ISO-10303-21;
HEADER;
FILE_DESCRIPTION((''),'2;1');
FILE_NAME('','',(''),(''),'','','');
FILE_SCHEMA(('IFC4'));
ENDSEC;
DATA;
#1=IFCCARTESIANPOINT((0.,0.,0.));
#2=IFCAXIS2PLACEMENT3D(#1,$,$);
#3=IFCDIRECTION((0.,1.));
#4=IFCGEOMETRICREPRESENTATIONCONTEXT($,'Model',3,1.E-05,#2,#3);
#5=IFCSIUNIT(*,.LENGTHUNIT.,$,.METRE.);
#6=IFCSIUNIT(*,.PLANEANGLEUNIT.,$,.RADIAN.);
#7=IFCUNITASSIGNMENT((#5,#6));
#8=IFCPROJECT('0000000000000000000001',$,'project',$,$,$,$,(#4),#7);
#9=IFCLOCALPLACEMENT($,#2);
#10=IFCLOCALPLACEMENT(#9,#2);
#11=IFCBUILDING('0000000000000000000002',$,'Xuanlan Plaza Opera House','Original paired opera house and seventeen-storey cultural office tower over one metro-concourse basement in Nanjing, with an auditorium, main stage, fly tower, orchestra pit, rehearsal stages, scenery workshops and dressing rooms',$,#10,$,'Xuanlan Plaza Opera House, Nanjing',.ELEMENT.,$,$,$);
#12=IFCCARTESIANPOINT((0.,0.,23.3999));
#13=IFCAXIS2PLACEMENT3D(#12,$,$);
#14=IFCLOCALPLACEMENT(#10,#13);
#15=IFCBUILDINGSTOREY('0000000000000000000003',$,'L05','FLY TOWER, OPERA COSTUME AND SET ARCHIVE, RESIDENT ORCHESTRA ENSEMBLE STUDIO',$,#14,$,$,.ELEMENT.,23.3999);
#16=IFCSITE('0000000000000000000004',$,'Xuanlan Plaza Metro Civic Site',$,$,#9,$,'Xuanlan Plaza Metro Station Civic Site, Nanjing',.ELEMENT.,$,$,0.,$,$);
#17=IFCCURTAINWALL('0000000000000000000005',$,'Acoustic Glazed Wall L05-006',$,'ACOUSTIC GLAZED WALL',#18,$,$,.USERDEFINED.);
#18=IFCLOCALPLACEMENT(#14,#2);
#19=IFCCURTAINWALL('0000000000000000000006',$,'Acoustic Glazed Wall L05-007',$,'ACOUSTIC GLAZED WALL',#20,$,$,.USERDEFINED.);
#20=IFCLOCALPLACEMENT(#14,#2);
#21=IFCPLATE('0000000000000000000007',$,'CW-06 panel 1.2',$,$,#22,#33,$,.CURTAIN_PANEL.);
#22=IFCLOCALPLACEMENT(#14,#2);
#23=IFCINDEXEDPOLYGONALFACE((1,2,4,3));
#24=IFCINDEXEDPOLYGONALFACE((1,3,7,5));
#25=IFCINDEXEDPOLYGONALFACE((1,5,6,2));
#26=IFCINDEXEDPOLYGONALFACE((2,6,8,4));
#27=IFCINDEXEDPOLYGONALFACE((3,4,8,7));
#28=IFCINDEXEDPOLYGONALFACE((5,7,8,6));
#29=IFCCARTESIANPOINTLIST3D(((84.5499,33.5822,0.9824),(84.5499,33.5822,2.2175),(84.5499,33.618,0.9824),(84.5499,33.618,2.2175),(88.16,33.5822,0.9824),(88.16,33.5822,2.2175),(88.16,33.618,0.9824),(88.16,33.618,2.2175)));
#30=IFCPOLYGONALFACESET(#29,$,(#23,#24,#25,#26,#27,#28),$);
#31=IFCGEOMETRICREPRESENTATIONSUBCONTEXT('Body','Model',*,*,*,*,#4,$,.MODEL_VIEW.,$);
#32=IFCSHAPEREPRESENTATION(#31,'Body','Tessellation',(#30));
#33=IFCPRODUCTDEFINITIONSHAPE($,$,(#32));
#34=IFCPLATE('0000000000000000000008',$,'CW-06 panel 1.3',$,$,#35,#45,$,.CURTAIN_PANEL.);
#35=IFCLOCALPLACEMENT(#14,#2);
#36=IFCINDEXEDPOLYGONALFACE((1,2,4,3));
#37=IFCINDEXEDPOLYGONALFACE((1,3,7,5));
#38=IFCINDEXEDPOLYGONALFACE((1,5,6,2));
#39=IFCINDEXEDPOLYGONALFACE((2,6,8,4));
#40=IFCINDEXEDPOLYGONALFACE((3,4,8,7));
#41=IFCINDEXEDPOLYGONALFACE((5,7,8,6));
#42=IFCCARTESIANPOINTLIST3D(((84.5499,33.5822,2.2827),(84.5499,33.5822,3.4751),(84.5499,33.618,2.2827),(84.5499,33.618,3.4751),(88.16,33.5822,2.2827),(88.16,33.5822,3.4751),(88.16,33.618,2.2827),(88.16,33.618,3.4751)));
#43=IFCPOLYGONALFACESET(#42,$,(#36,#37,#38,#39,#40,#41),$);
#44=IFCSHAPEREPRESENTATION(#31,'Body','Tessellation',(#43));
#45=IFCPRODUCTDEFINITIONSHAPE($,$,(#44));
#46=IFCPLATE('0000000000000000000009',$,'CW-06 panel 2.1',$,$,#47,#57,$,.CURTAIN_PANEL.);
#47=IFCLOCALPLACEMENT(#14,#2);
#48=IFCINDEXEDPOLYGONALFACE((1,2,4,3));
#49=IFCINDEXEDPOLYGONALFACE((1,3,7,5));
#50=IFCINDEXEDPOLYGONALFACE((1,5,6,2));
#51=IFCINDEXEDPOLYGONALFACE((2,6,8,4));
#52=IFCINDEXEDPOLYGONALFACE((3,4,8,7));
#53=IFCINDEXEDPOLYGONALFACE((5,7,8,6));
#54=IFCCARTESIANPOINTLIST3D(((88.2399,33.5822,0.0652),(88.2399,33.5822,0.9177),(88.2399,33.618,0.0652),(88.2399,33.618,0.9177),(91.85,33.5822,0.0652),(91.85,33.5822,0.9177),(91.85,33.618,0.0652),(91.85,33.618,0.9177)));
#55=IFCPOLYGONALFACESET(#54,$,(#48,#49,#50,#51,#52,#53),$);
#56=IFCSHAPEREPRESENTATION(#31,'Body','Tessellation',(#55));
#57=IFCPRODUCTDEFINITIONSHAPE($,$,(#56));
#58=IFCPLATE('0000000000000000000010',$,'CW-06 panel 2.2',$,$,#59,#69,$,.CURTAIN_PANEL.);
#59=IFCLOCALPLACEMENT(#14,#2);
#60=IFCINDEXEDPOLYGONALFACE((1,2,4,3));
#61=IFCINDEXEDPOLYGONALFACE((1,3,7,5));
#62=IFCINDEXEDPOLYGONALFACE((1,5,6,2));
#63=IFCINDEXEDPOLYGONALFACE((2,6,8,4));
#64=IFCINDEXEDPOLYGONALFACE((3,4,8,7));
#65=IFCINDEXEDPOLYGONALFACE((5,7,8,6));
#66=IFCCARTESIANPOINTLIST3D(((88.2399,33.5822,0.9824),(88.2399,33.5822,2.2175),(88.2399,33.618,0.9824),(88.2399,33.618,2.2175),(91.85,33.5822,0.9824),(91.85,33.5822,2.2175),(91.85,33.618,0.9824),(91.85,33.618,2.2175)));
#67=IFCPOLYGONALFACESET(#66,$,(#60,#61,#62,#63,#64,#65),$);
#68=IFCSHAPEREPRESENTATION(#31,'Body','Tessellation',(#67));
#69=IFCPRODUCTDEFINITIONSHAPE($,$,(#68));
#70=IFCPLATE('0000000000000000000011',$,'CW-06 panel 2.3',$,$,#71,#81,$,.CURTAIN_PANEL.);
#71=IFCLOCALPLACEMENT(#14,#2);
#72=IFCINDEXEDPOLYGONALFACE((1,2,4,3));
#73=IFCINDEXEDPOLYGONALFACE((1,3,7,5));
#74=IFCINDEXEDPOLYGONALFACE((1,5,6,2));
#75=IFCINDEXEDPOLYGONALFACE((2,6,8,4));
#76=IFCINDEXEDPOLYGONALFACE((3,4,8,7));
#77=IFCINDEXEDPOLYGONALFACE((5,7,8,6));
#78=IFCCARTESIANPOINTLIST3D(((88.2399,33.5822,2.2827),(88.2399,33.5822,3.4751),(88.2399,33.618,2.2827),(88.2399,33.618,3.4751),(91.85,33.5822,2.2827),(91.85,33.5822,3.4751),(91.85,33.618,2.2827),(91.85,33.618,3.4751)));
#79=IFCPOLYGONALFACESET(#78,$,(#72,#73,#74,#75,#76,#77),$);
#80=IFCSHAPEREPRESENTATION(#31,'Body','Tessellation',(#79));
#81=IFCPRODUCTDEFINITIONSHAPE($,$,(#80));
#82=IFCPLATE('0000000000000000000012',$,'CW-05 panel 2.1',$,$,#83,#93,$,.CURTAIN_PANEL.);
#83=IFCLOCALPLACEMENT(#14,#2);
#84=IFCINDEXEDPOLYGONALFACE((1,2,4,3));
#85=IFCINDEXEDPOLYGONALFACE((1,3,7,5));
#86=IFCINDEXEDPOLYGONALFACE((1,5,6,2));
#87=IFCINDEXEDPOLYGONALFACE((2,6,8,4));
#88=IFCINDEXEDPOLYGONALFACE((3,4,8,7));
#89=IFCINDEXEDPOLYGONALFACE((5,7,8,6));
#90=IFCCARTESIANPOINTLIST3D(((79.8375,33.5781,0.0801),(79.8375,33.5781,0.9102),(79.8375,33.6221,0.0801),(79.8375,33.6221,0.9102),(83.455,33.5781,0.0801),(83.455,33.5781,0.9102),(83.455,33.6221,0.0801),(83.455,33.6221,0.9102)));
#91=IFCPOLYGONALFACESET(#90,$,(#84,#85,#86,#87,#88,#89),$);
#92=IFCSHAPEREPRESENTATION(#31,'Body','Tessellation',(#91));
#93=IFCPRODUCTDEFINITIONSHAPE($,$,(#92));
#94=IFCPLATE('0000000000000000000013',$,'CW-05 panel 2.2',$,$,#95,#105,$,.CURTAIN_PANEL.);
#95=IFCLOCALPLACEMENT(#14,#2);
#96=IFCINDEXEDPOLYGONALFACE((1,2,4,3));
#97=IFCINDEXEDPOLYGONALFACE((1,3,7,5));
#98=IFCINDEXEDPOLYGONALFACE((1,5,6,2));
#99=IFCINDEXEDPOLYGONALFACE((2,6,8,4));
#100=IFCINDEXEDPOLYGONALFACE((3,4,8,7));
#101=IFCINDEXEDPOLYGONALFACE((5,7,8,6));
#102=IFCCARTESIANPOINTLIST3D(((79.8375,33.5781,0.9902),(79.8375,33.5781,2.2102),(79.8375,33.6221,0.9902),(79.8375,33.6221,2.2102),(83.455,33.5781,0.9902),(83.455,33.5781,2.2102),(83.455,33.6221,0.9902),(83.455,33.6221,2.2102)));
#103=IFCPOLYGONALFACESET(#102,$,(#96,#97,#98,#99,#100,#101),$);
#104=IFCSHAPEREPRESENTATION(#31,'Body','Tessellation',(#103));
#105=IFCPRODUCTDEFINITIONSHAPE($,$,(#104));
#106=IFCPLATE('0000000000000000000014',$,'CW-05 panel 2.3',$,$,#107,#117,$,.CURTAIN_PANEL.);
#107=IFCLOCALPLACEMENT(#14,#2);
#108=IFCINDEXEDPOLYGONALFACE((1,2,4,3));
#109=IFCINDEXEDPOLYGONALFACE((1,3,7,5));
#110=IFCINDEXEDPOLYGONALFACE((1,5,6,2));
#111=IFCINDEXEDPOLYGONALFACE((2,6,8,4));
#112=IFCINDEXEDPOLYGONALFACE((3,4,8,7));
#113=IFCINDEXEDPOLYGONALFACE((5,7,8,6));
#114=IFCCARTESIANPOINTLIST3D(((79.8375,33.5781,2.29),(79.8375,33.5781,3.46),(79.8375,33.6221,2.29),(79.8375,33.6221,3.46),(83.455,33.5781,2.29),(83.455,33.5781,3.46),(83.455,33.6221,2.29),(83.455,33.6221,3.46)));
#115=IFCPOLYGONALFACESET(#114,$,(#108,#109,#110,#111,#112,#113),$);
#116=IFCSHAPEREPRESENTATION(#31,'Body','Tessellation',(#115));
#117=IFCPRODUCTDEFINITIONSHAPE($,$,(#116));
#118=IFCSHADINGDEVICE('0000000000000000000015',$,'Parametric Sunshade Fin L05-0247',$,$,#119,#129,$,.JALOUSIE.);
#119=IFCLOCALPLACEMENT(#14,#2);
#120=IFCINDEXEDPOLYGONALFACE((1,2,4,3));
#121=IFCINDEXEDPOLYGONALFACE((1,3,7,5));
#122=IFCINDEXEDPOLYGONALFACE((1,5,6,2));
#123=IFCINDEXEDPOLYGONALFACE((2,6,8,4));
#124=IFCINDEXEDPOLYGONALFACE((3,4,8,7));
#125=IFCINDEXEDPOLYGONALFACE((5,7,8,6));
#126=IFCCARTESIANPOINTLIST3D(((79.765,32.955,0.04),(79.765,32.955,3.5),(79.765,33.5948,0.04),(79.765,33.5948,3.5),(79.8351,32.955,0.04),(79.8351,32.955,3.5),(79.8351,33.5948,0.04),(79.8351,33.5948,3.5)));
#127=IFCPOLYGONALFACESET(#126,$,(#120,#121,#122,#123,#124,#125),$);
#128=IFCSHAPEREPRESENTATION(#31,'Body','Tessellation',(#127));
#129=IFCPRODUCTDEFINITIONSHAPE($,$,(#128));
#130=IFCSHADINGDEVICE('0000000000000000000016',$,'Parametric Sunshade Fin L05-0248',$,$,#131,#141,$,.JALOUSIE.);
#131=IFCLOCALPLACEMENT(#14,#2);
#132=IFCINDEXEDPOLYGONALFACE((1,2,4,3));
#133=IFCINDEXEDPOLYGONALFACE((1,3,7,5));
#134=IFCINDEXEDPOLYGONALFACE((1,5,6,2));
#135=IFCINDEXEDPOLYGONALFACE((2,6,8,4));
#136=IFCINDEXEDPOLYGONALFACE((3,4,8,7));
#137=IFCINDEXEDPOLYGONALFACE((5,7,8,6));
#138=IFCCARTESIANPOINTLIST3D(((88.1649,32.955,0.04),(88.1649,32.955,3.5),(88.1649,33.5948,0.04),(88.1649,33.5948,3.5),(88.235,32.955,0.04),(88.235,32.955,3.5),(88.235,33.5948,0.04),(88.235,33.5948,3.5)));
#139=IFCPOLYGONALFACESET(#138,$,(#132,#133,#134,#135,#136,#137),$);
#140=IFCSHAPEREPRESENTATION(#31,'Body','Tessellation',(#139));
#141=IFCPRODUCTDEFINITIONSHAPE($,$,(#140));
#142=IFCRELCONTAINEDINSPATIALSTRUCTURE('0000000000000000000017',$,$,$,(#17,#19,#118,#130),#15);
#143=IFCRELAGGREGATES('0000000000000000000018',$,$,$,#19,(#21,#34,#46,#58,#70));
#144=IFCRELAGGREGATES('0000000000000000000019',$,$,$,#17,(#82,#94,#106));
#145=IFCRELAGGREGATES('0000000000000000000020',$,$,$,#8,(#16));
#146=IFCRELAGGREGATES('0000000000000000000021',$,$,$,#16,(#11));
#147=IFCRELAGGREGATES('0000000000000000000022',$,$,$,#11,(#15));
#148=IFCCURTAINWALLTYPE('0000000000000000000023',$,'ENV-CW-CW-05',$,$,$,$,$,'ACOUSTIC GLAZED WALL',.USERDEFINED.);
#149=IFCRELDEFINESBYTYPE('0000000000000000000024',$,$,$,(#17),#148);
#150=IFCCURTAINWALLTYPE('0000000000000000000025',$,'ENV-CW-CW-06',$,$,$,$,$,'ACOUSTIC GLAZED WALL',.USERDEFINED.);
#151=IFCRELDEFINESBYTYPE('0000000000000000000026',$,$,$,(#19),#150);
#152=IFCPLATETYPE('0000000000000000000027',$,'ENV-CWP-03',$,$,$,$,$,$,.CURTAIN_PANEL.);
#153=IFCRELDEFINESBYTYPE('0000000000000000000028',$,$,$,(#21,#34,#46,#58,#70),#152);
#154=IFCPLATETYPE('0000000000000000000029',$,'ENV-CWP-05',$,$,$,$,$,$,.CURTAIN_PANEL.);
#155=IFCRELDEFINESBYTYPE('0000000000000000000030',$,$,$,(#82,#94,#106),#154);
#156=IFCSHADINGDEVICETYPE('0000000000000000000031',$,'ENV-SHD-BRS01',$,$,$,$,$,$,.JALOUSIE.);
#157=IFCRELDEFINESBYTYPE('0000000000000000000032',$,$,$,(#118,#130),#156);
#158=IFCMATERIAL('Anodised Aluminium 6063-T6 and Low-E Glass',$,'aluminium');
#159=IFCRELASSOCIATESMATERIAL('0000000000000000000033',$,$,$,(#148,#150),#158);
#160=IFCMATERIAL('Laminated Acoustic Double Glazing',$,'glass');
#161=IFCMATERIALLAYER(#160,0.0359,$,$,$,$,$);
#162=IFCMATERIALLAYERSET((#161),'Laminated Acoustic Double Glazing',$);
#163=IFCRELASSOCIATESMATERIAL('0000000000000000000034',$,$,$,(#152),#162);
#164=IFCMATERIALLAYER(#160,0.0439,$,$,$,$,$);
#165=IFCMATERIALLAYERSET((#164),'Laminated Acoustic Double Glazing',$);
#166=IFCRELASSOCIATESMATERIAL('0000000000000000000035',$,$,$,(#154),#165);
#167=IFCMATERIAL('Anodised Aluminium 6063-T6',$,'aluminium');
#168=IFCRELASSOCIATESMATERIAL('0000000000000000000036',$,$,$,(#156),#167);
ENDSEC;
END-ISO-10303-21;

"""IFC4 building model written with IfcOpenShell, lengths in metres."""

from ifc_helpers import new_model, si_unit, direction, frame, origin, origin_2d, place, context, subcontext, project, spatial, rectangle, extrude, material, layer, layer_set, type_object, element, aggregate, save


model = new_model("IFC4")

# Units and contexts
model_context = context("Model", 3, precision=1e-05, world=origin(), true_north=direction((0.0, 1.0)))
body_context = subcontext(model_context, "Body", "Model", "MODEL_VIEW")
ifc_project = project(units=[si_unit("LENGTHUNIT", "METRE"), si_unit("PLANEANGLEUNIT", "RADIAN")], contexts=[model_context])

# Site, building, storey
site_placement = place(None, origin())
site = spatial("IfcSite", under=ifc_project, at=site_placement, Name="Xuanlan Plaza Metro Civic Site", LongName="Xuanlan Plaza Metro Station Civic Site, Nanjing", CompositionType="ELEMENT", RefElevation=0.0)
building_placement = place(site_placement, origin())
building = spatial("IfcBuilding", under=site, at=building_placement, Name="Xuanlan Plaza Opera House", Description="Original paired opera house and seventeen-storey cultural office tower over one metro-concourse basement in Nanjing, with an auditorium, main stage, fly tower, orchestra pit, rehearsal stages, scenery workshops and dressing rooms", LongName="Xuanlan Plaza Opera House, Nanjing", CompositionType="ELEMENT")
storey_placement = place(building_placement, frame((0.0, 0.0, 23.3999)))
storey = spatial("IfcBuildingStorey", under=building, at=storey_placement, Name="L05", Description="FLY TOWER, OPERA COSTUME AND SET ARCHIVE, RESIDENT ORCHESTRA ENSEMBLE STUDIO", CompositionType="ELEMENT", Elevation=23.3999)

# Curtain walls
ifc_material_1 = material(Name="Anodised Aluminium 6063-T6 and Low-E Glass", Category="aluminium")
curtain_wall_type_1 = type_object("IfcCurtainWallType", Name="ENV-CW-CW-05", ElementType="ACOUSTIC GLAZED WALL", PredefinedType="USERDEFINED", material=ifc_material_1)
curtain_wall_1_placement = place(storey_placement, origin())
curtain_wall_1 = element("IfcCurtainWall", 1, at=curtain_wall_1_placement, inside=storey, type_object=curtain_wall_type_1, Name="Acoustic Glazed Wall L05-006", ObjectType="ACOUSTIC GLAZED WALL", PredefinedType="USERDEFINED")
ifc_material_2 = material(Name="Anodised Aluminium 6063-T6", Category="aluminium")
curtain_wall_type_2 = type_object("IfcCurtainWallType", Name="ENV-CW-CW-06", ElementType="ACOUSTIC GLAZED WALL", PredefinedType="USERDEFINED", material=ifc_material_1)
curtain_wall_2_placement = place(storey_placement, origin())
curtain_wall_2 = element("IfcCurtainWall", 2, at=curtain_wall_2_placement, inside=storey, type_object=curtain_wall_type_2, Name="Acoustic Glazed Wall L05-007", ObjectType="ACOUSTIC GLAZED WALL", PredefinedType="USERDEFINED")

# Plates
ifc_material_3 = material(Name="Laminated Acoustic Double Glazing", Category="glass")
ifc_layer_1 = layer(ifc_material_3, 0.0359)
ifc_layer_set_1 = layer_set([ifc_layer_1], Name="Laminated Acoustic Double Glazing")
plate_type_1 = type_object("IfcPlateType", Name="ENV-CWP-03", PredefinedType="CURTAIN_PANEL", material=ifc_layer_set_1)
plate_1_placement = place(storey_placement, frame((86.355, 33.6001, 0.9824), z_axis=(0.0, 0.0, 1.0), x_axis=(1.0, 0.0, 0.0)))
plate_1 = element("IfcPlate", 3, at=plate_1_placement, type_object=plate_type_1, Name="CW-06 panel 1.2", PredefinedType="CURTAIN_PANEL", context=body_context, shape_type="SweptSolid", body=[
    extrude(rectangle(XDim=3.6101, YDim=0.0359, at=origin_2d()), origin(), (0.0, 0.0, 1.0), 1.2351),
])
plate_2_placement = place(storey_placement, frame((86.355, 33.6001, 2.2827), z_axis=(0.0, 0.0, 1.0), x_axis=(1.0, 0.0, 0.0)))
plate_2 = element("IfcPlate", 4, at=plate_2_placement, type_object=plate_type_1, Name="CW-06 panel 1.3", PredefinedType="CURTAIN_PANEL", context=body_context, shape_type="SweptSolid", body=[
    extrude(rectangle(XDim=3.6101, YDim=0.0359, at=origin_2d()), origin(), (0.0, 0.0, 1.0), 1.1924),
])
plate_3_placement = place(storey_placement, frame((90.0449, 33.6001, 0.0652), z_axis=(0.0, 0.0, 1.0), x_axis=(1.0, 0.0, 0.0)))
plate_3 = element("IfcPlate", 5, at=plate_3_placement, type_object=plate_type_1, Name="CW-06 panel 2.1", PredefinedType="CURTAIN_PANEL", context=body_context, shape_type="SweptSolid", body=[
    extrude(rectangle(XDim=3.6101, YDim=0.0359, at=origin_2d()), origin(), (0.0, 0.0, 1.0), 0.8525),
])
plate_4_placement = place(storey_placement, frame((90.0449, 33.6001, 0.9824), z_axis=(0.0, 0.0, 1.0), x_axis=(1.0, 0.0, 0.0)))
plate_4 = element("IfcPlate", 6, at=plate_4_placement, type_object=plate_type_1, Name="CW-06 panel 2.2", PredefinedType="CURTAIN_PANEL", context=body_context, shape_type="SweptSolid", body=[
    extrude(rectangle(XDim=3.6101, YDim=0.0359, at=origin_2d()), origin(), (0.0, 0.0, 1.0), 1.2351),
])
plate_5_placement = place(storey_placement, frame((90.0449, 33.6001, 2.2827), z_axis=(0.0, 0.0, 1.0), x_axis=(1.0, 0.0, 0.0)))
plate_5 = element("IfcPlate", 7, at=plate_5_placement, type_object=plate_type_1, Name="CW-06 panel 2.3", PredefinedType="CURTAIN_PANEL", context=body_context, shape_type="SweptSolid", body=[
    extrude(rectangle(XDim=3.6101, YDim=0.0359, at=origin_2d()), origin(), (0.0, 0.0, 1.0), 1.1924),
])
aggregate(curtain_wall_2, [plate_1, plate_2, plate_3, plate_4, plate_5])
ifc_layer_2 = layer(ifc_material_3, 0.0439)
ifc_layer_set_2 = layer_set([ifc_layer_2], Name="Laminated Acoustic Double Glazing")
plate_type_2 = type_object("IfcPlateType", Name="ENV-CWP-05", PredefinedType="CURTAIN_PANEL", material=ifc_layer_set_2)
plate_6_placement = place(storey_placement, frame((81.6462, 33.6001, 0.0801), z_axis=(0.0, 0.0, 1.0), x_axis=(1.0, 0.0, 0.0)))
plate_6 = element("IfcPlate", 8, at=plate_6_placement, type_object=plate_type_2, Name="CW-05 panel 2.1", PredefinedType="CURTAIN_PANEL", context=body_context, shape_type="SweptSolid", body=[
    extrude(rectangle(XDim=3.6174, YDim=0.0439, at=origin_2d()), origin(), (0.0, 0.0, 1.0), 0.8301),
])
plate_7_placement = place(storey_placement, frame((81.6462, 33.6001, 0.9902), z_axis=(0.0, 0.0, 1.0), x_axis=(1.0, 0.0, 0.0)))
plate_7 = element("IfcPlate", 9, at=plate_7_placement, type_object=plate_type_2, Name="CW-05 panel 2.2", PredefinedType="CURTAIN_PANEL", context=body_context, shape_type="SweptSolid", body=[
    extrude(rectangle(XDim=3.6174, YDim=0.0439, at=origin_2d()), origin(), (0.0, 0.0, 1.0), 1.22),
])
plate_8_placement = place(storey_placement, frame((81.6462, 33.6001, 2.29), z_axis=(0.0, 0.0, 1.0), x_axis=(1.0, 0.0, 0.0)))
plate_8 = element("IfcPlate", 10, at=plate_8_placement, type_object=plate_type_2, Name="CW-05 panel 2.3", PredefinedType="CURTAIN_PANEL", context=body_context, shape_type="SweptSolid", body=[
    extrude(rectangle(XDim=3.6174, YDim=0.0439, at=origin_2d()), origin(), (0.0, 0.0, 1.0), 1.1699),
])
aggregate(curtain_wall_1, [plate_6, plate_7, plate_8])

# Shading devices
shading_device_type = type_object("IfcShadingDeviceType", Name="ENV-SHD-BRS01", PredefinedType="JALOUSIE", material=ifc_material_2)
for number, where, z_axis, x_axis, name in (
    (11, (79.8, 33.2749, 0.04), (0.0, 0.0, 1.0), (0.0, -1.0, 0.0), "Parametric Sunshade Fin L05-0247"),
    (12, (88.2, 33.2749, 0.04), (0.0, 0.0, 1.0), (0.0, -1.0, 0.0), "Parametric Sunshade Fin L05-0248"),
):
    element("IfcShadingDevice", number, at=place(storey_placement, frame(where, z_axis=z_axis, x_axis=x_axis)), inside=storey, type_object=shading_device_type, Name=name, PredefinedType="JALOUSIE", context=body_context, shape_type="SweptSolid", body=[
        extrude(rectangle(XDim=0.6399, YDim=0.0701, at=origin_2d()), origin(), (0.0, 0.0, 1.0), 3.46),
    ])

save(model, "model.ifc")
